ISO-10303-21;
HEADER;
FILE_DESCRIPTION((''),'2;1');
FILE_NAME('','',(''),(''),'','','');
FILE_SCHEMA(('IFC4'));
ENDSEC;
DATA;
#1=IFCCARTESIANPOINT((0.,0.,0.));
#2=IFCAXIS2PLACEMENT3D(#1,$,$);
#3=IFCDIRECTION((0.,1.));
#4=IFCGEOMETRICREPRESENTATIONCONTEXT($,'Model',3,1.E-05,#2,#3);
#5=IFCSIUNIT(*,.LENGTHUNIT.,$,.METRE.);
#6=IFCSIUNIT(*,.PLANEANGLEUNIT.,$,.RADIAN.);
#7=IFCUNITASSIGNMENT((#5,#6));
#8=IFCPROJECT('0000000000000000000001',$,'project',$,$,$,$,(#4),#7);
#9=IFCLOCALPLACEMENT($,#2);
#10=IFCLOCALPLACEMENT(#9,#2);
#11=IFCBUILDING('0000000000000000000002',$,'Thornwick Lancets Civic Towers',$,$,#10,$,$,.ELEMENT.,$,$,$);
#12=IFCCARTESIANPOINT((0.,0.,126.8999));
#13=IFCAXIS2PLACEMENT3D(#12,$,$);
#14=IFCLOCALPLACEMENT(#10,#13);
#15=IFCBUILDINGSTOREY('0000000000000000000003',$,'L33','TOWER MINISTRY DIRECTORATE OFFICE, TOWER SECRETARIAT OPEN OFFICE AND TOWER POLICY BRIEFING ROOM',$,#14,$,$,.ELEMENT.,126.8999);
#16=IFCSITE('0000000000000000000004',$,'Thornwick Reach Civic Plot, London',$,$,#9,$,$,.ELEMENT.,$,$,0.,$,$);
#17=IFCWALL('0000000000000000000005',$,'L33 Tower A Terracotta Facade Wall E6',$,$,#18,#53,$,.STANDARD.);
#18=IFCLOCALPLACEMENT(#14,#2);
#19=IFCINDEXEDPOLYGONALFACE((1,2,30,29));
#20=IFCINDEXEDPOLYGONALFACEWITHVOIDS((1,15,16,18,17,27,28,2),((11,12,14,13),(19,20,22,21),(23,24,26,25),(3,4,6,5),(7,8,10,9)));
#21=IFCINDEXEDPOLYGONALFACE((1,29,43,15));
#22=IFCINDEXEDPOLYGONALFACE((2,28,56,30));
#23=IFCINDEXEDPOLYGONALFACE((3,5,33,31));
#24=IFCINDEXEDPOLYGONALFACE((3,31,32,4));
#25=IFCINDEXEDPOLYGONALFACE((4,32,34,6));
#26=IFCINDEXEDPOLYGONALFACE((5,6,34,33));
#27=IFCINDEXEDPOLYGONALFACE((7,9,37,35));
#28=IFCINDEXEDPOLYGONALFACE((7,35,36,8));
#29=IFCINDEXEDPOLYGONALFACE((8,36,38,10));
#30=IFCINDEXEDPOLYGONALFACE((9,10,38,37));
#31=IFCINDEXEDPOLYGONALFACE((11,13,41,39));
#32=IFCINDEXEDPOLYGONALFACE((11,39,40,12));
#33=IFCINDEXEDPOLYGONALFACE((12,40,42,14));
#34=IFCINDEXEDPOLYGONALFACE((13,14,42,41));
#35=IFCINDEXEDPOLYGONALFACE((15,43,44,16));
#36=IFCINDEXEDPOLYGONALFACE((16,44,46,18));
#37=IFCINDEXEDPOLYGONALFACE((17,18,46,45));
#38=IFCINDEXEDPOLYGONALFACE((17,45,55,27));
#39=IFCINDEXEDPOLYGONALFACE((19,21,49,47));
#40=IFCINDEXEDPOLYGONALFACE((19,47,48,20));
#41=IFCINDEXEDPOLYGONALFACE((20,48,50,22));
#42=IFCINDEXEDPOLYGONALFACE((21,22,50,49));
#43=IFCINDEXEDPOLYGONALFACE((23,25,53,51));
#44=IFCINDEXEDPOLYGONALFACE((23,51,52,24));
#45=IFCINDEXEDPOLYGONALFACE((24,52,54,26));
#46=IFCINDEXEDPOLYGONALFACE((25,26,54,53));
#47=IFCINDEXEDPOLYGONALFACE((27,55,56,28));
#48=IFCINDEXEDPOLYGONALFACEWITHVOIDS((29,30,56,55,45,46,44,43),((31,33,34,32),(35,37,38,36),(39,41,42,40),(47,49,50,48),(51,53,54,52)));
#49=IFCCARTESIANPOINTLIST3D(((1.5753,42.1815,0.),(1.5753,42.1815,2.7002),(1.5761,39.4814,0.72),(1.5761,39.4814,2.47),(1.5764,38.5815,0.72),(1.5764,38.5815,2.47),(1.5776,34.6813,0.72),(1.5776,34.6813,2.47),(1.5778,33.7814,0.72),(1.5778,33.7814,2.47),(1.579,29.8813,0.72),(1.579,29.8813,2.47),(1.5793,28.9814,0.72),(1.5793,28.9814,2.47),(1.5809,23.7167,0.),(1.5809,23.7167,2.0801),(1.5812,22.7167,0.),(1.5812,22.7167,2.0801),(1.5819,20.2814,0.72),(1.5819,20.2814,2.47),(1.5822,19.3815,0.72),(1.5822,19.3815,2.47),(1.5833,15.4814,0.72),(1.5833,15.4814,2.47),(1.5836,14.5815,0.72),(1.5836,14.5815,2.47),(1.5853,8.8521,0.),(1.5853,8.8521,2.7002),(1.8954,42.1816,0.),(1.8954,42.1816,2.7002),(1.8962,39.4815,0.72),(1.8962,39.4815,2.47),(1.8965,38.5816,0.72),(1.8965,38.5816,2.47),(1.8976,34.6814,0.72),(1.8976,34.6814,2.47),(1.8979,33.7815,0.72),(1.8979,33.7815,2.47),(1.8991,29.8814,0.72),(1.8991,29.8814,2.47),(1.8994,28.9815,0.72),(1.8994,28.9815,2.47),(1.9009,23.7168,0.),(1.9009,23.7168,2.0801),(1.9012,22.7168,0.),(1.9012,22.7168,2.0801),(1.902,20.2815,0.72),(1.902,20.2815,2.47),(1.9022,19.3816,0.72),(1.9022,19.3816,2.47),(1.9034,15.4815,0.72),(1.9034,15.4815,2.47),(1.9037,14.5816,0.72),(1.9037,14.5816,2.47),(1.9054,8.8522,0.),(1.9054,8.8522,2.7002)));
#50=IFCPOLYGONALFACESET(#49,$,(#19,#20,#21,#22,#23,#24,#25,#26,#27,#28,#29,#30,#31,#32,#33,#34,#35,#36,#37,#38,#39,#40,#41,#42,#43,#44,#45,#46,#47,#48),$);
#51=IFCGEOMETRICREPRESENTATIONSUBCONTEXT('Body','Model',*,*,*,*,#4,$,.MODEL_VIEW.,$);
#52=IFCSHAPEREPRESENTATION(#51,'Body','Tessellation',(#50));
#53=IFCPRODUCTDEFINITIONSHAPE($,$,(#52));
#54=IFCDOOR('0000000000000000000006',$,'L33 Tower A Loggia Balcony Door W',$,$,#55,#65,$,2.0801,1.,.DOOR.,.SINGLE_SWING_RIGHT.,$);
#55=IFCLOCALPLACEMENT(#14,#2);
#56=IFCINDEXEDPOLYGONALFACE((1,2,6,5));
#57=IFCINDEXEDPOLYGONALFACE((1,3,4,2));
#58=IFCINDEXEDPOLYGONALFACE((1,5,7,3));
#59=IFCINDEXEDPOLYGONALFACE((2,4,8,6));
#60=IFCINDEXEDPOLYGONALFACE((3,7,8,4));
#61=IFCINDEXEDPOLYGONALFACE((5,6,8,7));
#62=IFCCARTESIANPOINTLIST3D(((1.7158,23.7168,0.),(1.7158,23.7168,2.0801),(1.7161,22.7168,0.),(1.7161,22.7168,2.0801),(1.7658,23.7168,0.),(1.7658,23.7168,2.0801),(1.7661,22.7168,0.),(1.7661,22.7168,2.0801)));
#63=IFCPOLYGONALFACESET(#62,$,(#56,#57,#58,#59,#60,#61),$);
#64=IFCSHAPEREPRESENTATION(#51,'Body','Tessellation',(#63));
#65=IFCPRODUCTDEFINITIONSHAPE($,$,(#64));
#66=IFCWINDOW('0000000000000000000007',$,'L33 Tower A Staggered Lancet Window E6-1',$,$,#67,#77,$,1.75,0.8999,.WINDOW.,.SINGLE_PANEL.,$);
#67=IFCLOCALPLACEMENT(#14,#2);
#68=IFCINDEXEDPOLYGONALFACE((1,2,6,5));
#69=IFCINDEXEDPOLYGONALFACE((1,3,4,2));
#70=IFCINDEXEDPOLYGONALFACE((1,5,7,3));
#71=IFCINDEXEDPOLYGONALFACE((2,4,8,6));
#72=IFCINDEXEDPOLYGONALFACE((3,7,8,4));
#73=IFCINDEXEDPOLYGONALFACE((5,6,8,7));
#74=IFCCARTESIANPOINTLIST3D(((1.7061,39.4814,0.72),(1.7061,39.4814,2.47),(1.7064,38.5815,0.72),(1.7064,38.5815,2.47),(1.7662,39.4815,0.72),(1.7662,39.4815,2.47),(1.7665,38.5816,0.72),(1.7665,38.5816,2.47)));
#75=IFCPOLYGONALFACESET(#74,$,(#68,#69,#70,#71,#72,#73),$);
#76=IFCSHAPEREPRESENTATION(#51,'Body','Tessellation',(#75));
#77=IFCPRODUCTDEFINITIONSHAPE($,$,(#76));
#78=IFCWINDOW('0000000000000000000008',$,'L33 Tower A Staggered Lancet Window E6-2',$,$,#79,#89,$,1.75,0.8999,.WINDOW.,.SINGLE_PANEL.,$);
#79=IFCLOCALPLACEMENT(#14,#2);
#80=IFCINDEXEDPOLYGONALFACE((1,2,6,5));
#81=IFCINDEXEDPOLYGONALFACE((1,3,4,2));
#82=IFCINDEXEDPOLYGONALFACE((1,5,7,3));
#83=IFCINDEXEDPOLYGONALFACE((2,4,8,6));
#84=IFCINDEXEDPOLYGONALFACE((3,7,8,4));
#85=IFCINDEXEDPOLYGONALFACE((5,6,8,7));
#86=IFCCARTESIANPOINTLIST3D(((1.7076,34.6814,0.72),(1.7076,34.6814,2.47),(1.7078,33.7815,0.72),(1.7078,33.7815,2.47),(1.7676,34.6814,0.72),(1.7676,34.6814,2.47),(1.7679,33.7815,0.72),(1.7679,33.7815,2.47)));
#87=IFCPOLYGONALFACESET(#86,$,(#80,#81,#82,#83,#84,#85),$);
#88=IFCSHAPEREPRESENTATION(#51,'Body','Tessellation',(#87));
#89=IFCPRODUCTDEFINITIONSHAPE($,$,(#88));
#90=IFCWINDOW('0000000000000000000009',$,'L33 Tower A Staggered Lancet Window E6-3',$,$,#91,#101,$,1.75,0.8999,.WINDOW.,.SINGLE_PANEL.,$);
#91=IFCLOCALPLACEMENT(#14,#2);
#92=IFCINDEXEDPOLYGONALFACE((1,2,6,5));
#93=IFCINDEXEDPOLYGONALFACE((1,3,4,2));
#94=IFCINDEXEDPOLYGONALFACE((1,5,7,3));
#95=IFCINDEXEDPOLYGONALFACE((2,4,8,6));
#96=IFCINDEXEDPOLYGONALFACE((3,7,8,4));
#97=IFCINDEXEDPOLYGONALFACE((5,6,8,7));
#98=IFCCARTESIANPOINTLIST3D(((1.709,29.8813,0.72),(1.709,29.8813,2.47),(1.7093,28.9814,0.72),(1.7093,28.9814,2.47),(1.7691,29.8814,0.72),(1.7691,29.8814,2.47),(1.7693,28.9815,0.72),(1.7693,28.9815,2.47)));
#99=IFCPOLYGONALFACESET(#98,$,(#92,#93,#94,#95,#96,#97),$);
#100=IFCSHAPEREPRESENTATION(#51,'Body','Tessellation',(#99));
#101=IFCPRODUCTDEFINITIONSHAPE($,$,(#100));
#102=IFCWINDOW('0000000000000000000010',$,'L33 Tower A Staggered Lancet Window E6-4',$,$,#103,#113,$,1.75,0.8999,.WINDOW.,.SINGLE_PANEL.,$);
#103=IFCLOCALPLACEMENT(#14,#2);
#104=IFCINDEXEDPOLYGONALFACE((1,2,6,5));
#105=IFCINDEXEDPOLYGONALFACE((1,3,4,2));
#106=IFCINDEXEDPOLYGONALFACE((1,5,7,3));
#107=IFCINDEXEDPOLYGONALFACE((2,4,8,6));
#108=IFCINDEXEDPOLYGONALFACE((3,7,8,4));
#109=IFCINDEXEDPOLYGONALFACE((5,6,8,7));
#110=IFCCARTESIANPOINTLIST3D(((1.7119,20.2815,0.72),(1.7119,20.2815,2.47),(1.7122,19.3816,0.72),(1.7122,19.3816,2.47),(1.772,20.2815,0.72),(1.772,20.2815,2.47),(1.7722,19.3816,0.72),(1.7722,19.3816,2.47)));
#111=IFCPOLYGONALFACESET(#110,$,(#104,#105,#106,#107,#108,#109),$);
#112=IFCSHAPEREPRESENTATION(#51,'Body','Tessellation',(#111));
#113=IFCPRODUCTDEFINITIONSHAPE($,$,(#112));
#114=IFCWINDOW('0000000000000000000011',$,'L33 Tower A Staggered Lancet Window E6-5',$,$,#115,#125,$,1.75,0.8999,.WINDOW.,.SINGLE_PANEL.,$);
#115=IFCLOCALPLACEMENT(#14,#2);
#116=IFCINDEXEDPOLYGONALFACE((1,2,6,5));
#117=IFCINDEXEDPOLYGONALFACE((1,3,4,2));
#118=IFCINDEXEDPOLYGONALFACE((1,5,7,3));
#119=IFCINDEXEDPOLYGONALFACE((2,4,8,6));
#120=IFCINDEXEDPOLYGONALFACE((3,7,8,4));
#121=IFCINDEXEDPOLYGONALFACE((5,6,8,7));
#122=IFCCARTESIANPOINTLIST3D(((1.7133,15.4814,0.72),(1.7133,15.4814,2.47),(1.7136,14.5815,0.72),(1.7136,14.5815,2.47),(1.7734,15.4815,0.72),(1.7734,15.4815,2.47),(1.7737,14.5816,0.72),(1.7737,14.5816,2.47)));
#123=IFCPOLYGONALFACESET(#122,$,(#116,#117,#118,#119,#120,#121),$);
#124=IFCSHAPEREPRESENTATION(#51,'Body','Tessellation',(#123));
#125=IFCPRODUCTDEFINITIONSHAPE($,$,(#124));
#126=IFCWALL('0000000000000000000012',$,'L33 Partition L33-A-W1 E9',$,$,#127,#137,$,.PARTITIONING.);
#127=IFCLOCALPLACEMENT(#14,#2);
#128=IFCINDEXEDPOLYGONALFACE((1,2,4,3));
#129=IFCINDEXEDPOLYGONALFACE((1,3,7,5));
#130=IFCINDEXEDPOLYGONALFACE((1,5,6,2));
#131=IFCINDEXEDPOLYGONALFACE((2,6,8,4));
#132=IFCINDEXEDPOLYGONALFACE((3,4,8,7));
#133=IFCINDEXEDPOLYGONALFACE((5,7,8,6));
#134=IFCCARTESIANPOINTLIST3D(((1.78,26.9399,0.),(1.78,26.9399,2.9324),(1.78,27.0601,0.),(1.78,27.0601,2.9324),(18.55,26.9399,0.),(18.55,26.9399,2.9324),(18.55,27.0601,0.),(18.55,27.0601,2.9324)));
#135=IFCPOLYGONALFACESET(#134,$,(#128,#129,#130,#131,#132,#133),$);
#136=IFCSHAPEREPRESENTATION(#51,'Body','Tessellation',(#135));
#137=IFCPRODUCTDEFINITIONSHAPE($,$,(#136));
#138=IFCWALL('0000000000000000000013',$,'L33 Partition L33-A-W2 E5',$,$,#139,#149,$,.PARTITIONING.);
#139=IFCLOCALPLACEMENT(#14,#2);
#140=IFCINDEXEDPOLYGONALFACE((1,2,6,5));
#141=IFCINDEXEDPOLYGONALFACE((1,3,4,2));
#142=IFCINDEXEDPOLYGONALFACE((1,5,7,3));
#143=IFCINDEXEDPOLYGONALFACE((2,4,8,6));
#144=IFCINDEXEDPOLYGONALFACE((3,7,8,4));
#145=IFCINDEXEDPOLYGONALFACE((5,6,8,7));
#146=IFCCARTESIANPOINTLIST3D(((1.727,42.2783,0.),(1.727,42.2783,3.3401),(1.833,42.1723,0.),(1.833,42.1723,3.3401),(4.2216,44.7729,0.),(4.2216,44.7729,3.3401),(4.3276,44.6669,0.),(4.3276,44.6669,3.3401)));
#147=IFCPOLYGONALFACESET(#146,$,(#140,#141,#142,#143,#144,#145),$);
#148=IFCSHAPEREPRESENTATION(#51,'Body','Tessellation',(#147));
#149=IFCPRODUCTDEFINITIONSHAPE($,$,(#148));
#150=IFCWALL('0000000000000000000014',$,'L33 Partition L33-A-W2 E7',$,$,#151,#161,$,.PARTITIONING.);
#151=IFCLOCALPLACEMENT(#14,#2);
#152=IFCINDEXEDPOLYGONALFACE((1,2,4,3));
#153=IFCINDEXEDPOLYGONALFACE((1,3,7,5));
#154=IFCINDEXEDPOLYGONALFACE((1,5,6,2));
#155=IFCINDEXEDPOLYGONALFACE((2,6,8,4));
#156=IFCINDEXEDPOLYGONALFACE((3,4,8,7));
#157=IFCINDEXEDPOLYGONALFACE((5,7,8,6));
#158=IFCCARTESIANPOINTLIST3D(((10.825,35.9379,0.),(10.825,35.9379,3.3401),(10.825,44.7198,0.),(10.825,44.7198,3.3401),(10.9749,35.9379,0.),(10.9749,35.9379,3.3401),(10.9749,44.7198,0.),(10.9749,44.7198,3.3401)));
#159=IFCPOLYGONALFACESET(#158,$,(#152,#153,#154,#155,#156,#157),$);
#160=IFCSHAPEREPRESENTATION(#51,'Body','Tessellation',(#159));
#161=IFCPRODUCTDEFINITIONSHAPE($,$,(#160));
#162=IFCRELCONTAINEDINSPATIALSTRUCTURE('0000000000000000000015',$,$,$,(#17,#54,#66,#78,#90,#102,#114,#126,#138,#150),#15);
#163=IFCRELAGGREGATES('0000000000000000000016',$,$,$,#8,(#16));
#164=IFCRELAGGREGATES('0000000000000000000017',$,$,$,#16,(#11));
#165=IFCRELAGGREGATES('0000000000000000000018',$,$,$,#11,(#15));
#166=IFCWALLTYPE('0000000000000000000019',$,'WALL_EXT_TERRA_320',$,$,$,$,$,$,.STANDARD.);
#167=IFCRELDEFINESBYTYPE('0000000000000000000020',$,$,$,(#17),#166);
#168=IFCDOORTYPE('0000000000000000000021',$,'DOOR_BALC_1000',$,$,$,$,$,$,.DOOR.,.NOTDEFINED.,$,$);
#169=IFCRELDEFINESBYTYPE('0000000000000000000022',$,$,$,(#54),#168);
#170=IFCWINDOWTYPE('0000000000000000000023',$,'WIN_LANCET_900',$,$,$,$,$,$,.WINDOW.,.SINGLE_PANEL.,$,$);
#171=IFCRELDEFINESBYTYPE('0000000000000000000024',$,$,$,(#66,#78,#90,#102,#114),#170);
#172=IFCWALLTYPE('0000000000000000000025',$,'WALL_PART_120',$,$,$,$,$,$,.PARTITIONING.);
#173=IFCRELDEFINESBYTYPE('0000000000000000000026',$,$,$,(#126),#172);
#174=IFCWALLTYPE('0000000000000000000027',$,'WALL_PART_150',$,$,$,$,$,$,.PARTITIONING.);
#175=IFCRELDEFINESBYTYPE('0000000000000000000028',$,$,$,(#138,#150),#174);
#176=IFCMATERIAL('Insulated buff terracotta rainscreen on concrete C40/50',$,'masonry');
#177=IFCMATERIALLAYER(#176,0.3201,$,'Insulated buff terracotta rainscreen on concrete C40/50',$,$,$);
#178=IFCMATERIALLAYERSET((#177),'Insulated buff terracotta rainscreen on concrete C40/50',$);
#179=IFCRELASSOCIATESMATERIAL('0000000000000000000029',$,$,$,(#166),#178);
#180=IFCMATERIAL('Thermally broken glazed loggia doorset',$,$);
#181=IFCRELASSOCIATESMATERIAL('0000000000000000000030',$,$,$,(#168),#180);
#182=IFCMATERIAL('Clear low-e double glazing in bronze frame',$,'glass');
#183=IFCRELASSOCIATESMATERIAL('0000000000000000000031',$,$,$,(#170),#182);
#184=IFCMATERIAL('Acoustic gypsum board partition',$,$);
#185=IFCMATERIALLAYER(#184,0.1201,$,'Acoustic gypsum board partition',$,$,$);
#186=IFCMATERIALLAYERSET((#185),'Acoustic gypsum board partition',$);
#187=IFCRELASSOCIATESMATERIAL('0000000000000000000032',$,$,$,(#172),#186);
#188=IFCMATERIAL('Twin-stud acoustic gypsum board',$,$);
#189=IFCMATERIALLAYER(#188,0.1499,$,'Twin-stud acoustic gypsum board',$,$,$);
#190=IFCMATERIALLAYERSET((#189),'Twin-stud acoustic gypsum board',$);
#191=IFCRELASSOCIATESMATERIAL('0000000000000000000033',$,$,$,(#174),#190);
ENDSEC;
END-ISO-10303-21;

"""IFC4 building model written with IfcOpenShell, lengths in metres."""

from ifc_helpers import new_model, si_unit, direction, frame, frame_2d, origin, place, context, subcontext, project, spatial, rectangle, extrude, material, layer, layer_set, type_object, element, fill, save


model = new_model("IFC4")

# Units and contexts
model_context = context("Model", 3, precision=1e-05, world=origin(), true_north=direction((0.0, 1.0)))
body_context = subcontext(model_context, "Body", "Model", "MODEL_VIEW")
ifc_project = project(units=[si_unit("LENGTHUNIT", "METRE"), si_unit("PLANEANGLEUNIT", "RADIAN")], contexts=[model_context])

# Site, building, storey
site_placement = place(None, origin())
site = spatial("IfcSite", under=ifc_project, at=site_placement, Name="Thornwick Reach Civic Plot, London", CompositionType="ELEMENT", RefElevation=0.0)
building_placement = place(site_placement, origin())
building = spatial("IfcBuilding", under=site, at=building_placement, Name="Thornwick Lancets Civic Towers", CompositionType="ELEMENT")
storey_placement = place(building_placement, frame((0.0, 0.0, 126.8999)))
storey = spatial("IfcBuildingStorey", under=building, at=storey_placement, Name="L33", Description="TOWER MINISTRY DIRECTORATE OFFICE, TOWER SECRETARIAT OPEN OFFICE AND TOWER POLICY BRIEFING ROOM", CompositionType="ELEMENT", Elevation=126.8999)

# Wall, openings, door, windows
ifc_material_1 = material(Name="Insulated buff terracotta rainscreen on concrete C40/50", Category="masonry")
ifc_layer_1 = layer(ifc_material_1, 0.3201, Name="Insulated buff terracotta rainscreen on concrete C40/50")
ifc_layer_set_1 = layer_set([ifc_layer_1], Name="Insulated buff terracotta rainscreen on concrete C40/50")
wall_type_1 = type_object("IfcWallType", Name="WALL_EXT_TERRA_320", PredefinedType="STANDARD", material=ifc_layer_set_1)
wall_1_placement = place(storey_placement, frame((1.7354, 42.1814, 0.0), z_axis=(0.0, 0.0, 1.0), x_axis=(0.0003, -1.0, 0.0)))
wall_1 = element("IfcWall", 1, at=wall_1_placement, inside=storey, type_object=wall_type_1, Name="L33 Tower A Terracotta Facade Wall E6", PredefinedType="STANDARD", context=body_context, shape_type="SweptSolid", body=[
    extrude(rectangle(XDim=33.3293, YDim=0.3201, at=frame_2d((16.6646, 0.0))), origin(), (0.0, 0.0, 1.0), 2.7002),
])
opening_1_placement = place(wall_1_placement, frame((18.4646, 0.0, 0.0)))
opening_1 = element("IfcOpeningElement", 2, at=opening_1_placement, cuts=wall_1, PredefinedType="OPENING", context=body_context, shape_type="SweptSolid", body=[
    extrude(rectangle(XDim=1.0, YDim=2.0801, at=frame_2d((0.5, 1.04))), frame((0.0, 0.1699, 0.0), z_axis=(0.0, -1.0, 0.0), x_axis=(1.0, 0.0, 0.0)), (0.0, 0.0, 1.0), 0.3401),
])
opening_2_placement = place(wall_1_placement, frame((2.7, 0.0, 0.72)))
opening_2 = element("IfcOpeningElement", 3, at=opening_2_placement, cuts=wall_1, PredefinedType="OPENING", context=body_context, shape_type="SweptSolid", body=[
    extrude(rectangle(XDim=0.8999, YDim=1.75, at=frame_2d((0.45, 0.875))), frame((0.0, 0.1699, 0.0), z_axis=(0.0, -1.0, 0.0), x_axis=(1.0, 0.0, 0.0)), (0.0, 0.0, 1.0), 0.3401),
])
opening_3_placement = place(wall_1_placement, frame((7.5, 0.0, 0.72)))
opening_3 = element("IfcOpeningElement", 4, at=opening_3_placement, cuts=wall_1, PredefinedType="OPENING", context=body_context, shape_type="SweptSolid", body=[
    extrude(rectangle(XDim=0.8999, YDim=1.75, at=frame_2d((0.45, 0.875))), frame((0.0, 0.1699, 0.0), z_axis=(0.0, -1.0, 0.0), x_axis=(1.0, 0.0, 0.0)), (0.0, 0.0, 1.0), 0.3401),
])
opening_4_placement = place(wall_1_placement, frame((12.3, 0.0, 0.72)))
opening_4 = element("IfcOpeningElement", 5, at=opening_4_placement, cuts=wall_1, PredefinedType="OPENING", context=body_context, shape_type="SweptSolid", body=[
    extrude(rectangle(XDim=0.8999, YDim=1.75, at=frame_2d((0.45, 0.875))), frame((0.0, 0.1699, 0.0), z_axis=(0.0, -1.0, 0.0), x_axis=(1.0, 0.0, 0.0)), (0.0, 0.0, 1.0), 0.3401),
])
opening_5_placement = place(wall_1_placement, frame((21.8999, 0.0, 0.72)))
opening_5 = element("IfcOpeningElement", 6, at=opening_5_placement, cuts=wall_1, PredefinedType="OPENING", context=body_context, shape_type="SweptSolid", body=[
    extrude(rectangle(XDim=0.8999, YDim=1.75, at=frame_2d((0.45, 0.875))), frame((0.0, 0.1699, 0.0), z_axis=(0.0, -1.0, 0.0), x_axis=(1.0, 0.0, 0.0)), (0.0, 0.0, 1.0), 0.3401),
])
opening_6_placement = place(wall_1_placement, frame((26.7, 0.0, 0.72)))
opening_6 = element("IfcOpeningElement", 7, at=opening_6_placement, cuts=wall_1, PredefinedType="OPENING", context=body_context, shape_type="SweptSolid", body=[
    extrude(rectangle(XDim=0.8999, YDim=1.75, at=frame_2d((0.45, 0.875))), frame((0.0, 0.1699, 0.0), z_axis=(0.0, -1.0, 0.0), x_axis=(1.0, 0.0, 0.0)), (0.0, 0.0, 1.0), 0.3401),
])
ifc_material_2 = material(Name="Thermally broken glazed loggia doorset")
door_type = type_object("IfcDoorType", Name="DOOR_BALC_1000", OperationType="NOTDEFINED", PredefinedType="DOOR", material=ifc_material_2)
door_placement = place(opening_1_placement, origin())
door = element("IfcDoor", 8, at=door_placement, inside=storey, type_object=door_type, Name="L33 Tower A Loggia Balcony Door W", OperationType="SINGLE_SWING_RIGHT", OverallHeight=2.0801, OverallWidth=1.0, PredefinedType="DOOR", context=body_context, shape_type="SweptSolid", body=[
    extrude(rectangle(XDim=1.0, YDim=2.0801, at=frame_2d((0.5, 1.04))), frame((0.0, 0.0249, 0.0), z_axis=(0.0, -1.0, 0.0), x_axis=(1.0, 0.0, 0.0)), (0.0, 0.0, 1.0), 0.05),
])
fill(opening_1, door)
ifc_material_3 = material(Name="Clear low-e double glazing in bronze frame", Category="glass")
window_type = type_object("IfcWindowType", Name="WIN_LANCET_900", PartitioningType="SINGLE_PANEL", PredefinedType="WINDOW", material=ifc_material_3)
window_1_placement = place(opening_2_placement, origin())
window_1 = element("IfcWindow", 9, at=window_1_placement, inside=storey, type_object=window_type, Name="L33 Tower A Staggered Lancet Window E6-1", OverallHeight=1.75, OverallWidth=0.8999, PartitioningType="SINGLE_PANEL", PredefinedType="WINDOW", context=body_context, shape_type="SweptSolid", body=[
    extrude(rectangle(XDim=0.8999, YDim=1.75, at=frame_2d((0.45, 0.875))), frame((0.0, 0.03, 0.0), z_axis=(0.0, -1.0, 0.0), x_axis=(1.0, 0.0, 0.0)), (0.0, 0.0, 1.0), 0.0601),
])
fill(opening_2, window_1)
window_2_placement = place(opening_3_placement, origin())
window_2 = element("IfcWindow", 10, at=window_2_placement, inside=storey, type_object=window_type, Name="L33 Tower A Staggered Lancet Window E6-2", OverallHeight=1.75, OverallWidth=0.8999, PartitioningType="SINGLE_PANEL", PredefinedType="WINDOW", context=body_context, shape_type="SweptSolid", body=[
    extrude(rectangle(XDim=0.8999, YDim=1.75, at=frame_2d((0.45, 0.875))), frame((0.0, 0.03, 0.0), z_axis=(0.0, -1.0, 0.0), x_axis=(1.0, 0.0, 0.0)), (0.0, 0.0, 1.0), 0.0601),
])
fill(opening_3, window_2)
window_3_placement = place(opening_4_placement, origin())
window_3 = element("IfcWindow", 11, at=window_3_placement, inside=storey, type_object=window_type, Name="L33 Tower A Staggered Lancet Window E6-3", OverallHeight=1.75, OverallWidth=0.8999, PartitioningType="SINGLE_PANEL", PredefinedType="WINDOW", context=body_context, shape_type="SweptSolid", body=[
    extrude(rectangle(XDim=0.8999, YDim=1.75, at=frame_2d((0.45, 0.875))), frame((0.0, 0.03, 0.0), z_axis=(0.0, -1.0, 0.0), x_axis=(1.0, 0.0, 0.0)), (0.0, 0.0, 1.0), 0.0601),
])
fill(opening_4, window_3)
window_4_placement = place(opening_5_placement, origin())
window_4 = element("IfcWindow", 12, at=window_4_placement, inside=storey, type_object=window_type, Name="L33 Tower A Staggered Lancet Window E6-4", OverallHeight=1.75, OverallWidth=0.8999, PartitioningType="SINGLE_PANEL", PredefinedType="WINDOW", context=body_context, shape_type="SweptSolid", body=[
    extrude(rectangle(XDim=0.8999, YDim=1.75, at=frame_2d((0.45, 0.875))), frame((0.0, 0.03, 0.0), z_axis=(0.0, -1.0, 0.0), x_axis=(1.0, 0.0, 0.0)), (0.0, 0.0, 1.0), 0.0601),
])
fill(opening_5, window_4)
window_5_placement = place(opening_6_placement, origin())
window_5 = element("IfcWindow", 13, at=window_5_placement, inside=storey, type_object=window_type, Name="L33 Tower A Staggered Lancet Window E6-5", OverallHeight=1.75, OverallWidth=0.8999, PartitioningType="SINGLE_PANEL", PredefinedType="WINDOW", context=body_context, shape_type="SweptSolid", body=[
    extrude(rectangle(XDim=0.8999, YDim=1.75, at=frame_2d((0.45, 0.875))), frame((0.0, 0.03, 0.0), z_axis=(0.0, -1.0, 0.0), x_axis=(1.0, 0.0, 0.0)), (0.0, 0.0, 1.0), 0.0601),
])
fill(opening_6, window_5)

# Walls
ifc_material_4 = material(Name="Acoustic gypsum board partition")
ifc_layer_2 = layer(ifc_material_4, 0.1201, Name="Acoustic gypsum board partition")
ifc_layer_set_2 = layer_set([ifc_layer_2], Name="Acoustic gypsum board partition")
wall_type_2 = type_object("IfcWallType", Name="WALL_PART_120", PredefinedType="PARTITIONING", material=ifc_layer_set_2)
wall_2_placement = place(storey_placement, frame((1.78, 27.0, 0.0), z_axis=(0.0, 0.0, 1.0), x_axis=(1.0, 0.0, 0.0)))
element("IfcWall", 14, at=wall_2_placement, inside=storey, type_object=wall_type_2, Name="L33 Partition L33-A-W1 E9", PredefinedType="PARTITIONING", context=body_context, shape_type="SweptSolid", body=[
    extrude(rectangle(XDim=16.77, YDim=0.1201, at=frame_2d((8.385, 0.0))), origin(), (0.0, 0.0, 1.0), 2.9324),
])
ifc_material_5 = material(Name="Twin-stud acoustic gypsum board")
ifc_layer_3 = layer(ifc_material_5, 0.1499, Name="Twin-stud acoustic gypsum board")
ifc_layer_set_3 = layer_set([ifc_layer_3], Name="Twin-stud acoustic gypsum board")
wall_type_3 = type_object("IfcWallType", Name="WALL_PART_150", PredefinedType="PARTITIONING", material=ifc_layer_set_3)
wall_3_placement = place(storey_placement, frame((1.78, 42.2253, 0.0), z_axis=(0.0, 0.0, 1.0), x_axis=(0.707107, 0.707107, 0.0)))
element("IfcWall", 15, at=wall_3_placement, inside=storey, type_object=wall_type_3, Name="L33 Partition L33-A-W2 E5", PredefinedType="PARTITIONING", context=body_context, shape_type="SweptSolid", body=[
    extrude(rectangle(XDim=3.5278, YDim=0.1499, at=frame_2d((1.7639, 0.0))), origin(), (0.0, 0.0, 1.0), 3.3401),
])
wall_4_placement = place(storey_placement, frame((10.8999, 44.72, 0.0), z_axis=(0.0, 0.0, 1.0), x_axis=(0.0, -1.0, 0.0)))
element("IfcWall", 16, at=wall_4_placement, inside=storey, type_object=wall_type_3, Name="L33 Partition L33-A-W2 E7", PredefinedType="PARTITIONING", context=body_context, shape_type="SweptSolid", body=[
    extrude(rectangle(XDim=8.782, YDim=0.1499, at=frame_2d((4.3911, 0.0))), origin(), (0.0, 0.0, 1.0), 3.3401),
])

save(model, "model.ifc")
